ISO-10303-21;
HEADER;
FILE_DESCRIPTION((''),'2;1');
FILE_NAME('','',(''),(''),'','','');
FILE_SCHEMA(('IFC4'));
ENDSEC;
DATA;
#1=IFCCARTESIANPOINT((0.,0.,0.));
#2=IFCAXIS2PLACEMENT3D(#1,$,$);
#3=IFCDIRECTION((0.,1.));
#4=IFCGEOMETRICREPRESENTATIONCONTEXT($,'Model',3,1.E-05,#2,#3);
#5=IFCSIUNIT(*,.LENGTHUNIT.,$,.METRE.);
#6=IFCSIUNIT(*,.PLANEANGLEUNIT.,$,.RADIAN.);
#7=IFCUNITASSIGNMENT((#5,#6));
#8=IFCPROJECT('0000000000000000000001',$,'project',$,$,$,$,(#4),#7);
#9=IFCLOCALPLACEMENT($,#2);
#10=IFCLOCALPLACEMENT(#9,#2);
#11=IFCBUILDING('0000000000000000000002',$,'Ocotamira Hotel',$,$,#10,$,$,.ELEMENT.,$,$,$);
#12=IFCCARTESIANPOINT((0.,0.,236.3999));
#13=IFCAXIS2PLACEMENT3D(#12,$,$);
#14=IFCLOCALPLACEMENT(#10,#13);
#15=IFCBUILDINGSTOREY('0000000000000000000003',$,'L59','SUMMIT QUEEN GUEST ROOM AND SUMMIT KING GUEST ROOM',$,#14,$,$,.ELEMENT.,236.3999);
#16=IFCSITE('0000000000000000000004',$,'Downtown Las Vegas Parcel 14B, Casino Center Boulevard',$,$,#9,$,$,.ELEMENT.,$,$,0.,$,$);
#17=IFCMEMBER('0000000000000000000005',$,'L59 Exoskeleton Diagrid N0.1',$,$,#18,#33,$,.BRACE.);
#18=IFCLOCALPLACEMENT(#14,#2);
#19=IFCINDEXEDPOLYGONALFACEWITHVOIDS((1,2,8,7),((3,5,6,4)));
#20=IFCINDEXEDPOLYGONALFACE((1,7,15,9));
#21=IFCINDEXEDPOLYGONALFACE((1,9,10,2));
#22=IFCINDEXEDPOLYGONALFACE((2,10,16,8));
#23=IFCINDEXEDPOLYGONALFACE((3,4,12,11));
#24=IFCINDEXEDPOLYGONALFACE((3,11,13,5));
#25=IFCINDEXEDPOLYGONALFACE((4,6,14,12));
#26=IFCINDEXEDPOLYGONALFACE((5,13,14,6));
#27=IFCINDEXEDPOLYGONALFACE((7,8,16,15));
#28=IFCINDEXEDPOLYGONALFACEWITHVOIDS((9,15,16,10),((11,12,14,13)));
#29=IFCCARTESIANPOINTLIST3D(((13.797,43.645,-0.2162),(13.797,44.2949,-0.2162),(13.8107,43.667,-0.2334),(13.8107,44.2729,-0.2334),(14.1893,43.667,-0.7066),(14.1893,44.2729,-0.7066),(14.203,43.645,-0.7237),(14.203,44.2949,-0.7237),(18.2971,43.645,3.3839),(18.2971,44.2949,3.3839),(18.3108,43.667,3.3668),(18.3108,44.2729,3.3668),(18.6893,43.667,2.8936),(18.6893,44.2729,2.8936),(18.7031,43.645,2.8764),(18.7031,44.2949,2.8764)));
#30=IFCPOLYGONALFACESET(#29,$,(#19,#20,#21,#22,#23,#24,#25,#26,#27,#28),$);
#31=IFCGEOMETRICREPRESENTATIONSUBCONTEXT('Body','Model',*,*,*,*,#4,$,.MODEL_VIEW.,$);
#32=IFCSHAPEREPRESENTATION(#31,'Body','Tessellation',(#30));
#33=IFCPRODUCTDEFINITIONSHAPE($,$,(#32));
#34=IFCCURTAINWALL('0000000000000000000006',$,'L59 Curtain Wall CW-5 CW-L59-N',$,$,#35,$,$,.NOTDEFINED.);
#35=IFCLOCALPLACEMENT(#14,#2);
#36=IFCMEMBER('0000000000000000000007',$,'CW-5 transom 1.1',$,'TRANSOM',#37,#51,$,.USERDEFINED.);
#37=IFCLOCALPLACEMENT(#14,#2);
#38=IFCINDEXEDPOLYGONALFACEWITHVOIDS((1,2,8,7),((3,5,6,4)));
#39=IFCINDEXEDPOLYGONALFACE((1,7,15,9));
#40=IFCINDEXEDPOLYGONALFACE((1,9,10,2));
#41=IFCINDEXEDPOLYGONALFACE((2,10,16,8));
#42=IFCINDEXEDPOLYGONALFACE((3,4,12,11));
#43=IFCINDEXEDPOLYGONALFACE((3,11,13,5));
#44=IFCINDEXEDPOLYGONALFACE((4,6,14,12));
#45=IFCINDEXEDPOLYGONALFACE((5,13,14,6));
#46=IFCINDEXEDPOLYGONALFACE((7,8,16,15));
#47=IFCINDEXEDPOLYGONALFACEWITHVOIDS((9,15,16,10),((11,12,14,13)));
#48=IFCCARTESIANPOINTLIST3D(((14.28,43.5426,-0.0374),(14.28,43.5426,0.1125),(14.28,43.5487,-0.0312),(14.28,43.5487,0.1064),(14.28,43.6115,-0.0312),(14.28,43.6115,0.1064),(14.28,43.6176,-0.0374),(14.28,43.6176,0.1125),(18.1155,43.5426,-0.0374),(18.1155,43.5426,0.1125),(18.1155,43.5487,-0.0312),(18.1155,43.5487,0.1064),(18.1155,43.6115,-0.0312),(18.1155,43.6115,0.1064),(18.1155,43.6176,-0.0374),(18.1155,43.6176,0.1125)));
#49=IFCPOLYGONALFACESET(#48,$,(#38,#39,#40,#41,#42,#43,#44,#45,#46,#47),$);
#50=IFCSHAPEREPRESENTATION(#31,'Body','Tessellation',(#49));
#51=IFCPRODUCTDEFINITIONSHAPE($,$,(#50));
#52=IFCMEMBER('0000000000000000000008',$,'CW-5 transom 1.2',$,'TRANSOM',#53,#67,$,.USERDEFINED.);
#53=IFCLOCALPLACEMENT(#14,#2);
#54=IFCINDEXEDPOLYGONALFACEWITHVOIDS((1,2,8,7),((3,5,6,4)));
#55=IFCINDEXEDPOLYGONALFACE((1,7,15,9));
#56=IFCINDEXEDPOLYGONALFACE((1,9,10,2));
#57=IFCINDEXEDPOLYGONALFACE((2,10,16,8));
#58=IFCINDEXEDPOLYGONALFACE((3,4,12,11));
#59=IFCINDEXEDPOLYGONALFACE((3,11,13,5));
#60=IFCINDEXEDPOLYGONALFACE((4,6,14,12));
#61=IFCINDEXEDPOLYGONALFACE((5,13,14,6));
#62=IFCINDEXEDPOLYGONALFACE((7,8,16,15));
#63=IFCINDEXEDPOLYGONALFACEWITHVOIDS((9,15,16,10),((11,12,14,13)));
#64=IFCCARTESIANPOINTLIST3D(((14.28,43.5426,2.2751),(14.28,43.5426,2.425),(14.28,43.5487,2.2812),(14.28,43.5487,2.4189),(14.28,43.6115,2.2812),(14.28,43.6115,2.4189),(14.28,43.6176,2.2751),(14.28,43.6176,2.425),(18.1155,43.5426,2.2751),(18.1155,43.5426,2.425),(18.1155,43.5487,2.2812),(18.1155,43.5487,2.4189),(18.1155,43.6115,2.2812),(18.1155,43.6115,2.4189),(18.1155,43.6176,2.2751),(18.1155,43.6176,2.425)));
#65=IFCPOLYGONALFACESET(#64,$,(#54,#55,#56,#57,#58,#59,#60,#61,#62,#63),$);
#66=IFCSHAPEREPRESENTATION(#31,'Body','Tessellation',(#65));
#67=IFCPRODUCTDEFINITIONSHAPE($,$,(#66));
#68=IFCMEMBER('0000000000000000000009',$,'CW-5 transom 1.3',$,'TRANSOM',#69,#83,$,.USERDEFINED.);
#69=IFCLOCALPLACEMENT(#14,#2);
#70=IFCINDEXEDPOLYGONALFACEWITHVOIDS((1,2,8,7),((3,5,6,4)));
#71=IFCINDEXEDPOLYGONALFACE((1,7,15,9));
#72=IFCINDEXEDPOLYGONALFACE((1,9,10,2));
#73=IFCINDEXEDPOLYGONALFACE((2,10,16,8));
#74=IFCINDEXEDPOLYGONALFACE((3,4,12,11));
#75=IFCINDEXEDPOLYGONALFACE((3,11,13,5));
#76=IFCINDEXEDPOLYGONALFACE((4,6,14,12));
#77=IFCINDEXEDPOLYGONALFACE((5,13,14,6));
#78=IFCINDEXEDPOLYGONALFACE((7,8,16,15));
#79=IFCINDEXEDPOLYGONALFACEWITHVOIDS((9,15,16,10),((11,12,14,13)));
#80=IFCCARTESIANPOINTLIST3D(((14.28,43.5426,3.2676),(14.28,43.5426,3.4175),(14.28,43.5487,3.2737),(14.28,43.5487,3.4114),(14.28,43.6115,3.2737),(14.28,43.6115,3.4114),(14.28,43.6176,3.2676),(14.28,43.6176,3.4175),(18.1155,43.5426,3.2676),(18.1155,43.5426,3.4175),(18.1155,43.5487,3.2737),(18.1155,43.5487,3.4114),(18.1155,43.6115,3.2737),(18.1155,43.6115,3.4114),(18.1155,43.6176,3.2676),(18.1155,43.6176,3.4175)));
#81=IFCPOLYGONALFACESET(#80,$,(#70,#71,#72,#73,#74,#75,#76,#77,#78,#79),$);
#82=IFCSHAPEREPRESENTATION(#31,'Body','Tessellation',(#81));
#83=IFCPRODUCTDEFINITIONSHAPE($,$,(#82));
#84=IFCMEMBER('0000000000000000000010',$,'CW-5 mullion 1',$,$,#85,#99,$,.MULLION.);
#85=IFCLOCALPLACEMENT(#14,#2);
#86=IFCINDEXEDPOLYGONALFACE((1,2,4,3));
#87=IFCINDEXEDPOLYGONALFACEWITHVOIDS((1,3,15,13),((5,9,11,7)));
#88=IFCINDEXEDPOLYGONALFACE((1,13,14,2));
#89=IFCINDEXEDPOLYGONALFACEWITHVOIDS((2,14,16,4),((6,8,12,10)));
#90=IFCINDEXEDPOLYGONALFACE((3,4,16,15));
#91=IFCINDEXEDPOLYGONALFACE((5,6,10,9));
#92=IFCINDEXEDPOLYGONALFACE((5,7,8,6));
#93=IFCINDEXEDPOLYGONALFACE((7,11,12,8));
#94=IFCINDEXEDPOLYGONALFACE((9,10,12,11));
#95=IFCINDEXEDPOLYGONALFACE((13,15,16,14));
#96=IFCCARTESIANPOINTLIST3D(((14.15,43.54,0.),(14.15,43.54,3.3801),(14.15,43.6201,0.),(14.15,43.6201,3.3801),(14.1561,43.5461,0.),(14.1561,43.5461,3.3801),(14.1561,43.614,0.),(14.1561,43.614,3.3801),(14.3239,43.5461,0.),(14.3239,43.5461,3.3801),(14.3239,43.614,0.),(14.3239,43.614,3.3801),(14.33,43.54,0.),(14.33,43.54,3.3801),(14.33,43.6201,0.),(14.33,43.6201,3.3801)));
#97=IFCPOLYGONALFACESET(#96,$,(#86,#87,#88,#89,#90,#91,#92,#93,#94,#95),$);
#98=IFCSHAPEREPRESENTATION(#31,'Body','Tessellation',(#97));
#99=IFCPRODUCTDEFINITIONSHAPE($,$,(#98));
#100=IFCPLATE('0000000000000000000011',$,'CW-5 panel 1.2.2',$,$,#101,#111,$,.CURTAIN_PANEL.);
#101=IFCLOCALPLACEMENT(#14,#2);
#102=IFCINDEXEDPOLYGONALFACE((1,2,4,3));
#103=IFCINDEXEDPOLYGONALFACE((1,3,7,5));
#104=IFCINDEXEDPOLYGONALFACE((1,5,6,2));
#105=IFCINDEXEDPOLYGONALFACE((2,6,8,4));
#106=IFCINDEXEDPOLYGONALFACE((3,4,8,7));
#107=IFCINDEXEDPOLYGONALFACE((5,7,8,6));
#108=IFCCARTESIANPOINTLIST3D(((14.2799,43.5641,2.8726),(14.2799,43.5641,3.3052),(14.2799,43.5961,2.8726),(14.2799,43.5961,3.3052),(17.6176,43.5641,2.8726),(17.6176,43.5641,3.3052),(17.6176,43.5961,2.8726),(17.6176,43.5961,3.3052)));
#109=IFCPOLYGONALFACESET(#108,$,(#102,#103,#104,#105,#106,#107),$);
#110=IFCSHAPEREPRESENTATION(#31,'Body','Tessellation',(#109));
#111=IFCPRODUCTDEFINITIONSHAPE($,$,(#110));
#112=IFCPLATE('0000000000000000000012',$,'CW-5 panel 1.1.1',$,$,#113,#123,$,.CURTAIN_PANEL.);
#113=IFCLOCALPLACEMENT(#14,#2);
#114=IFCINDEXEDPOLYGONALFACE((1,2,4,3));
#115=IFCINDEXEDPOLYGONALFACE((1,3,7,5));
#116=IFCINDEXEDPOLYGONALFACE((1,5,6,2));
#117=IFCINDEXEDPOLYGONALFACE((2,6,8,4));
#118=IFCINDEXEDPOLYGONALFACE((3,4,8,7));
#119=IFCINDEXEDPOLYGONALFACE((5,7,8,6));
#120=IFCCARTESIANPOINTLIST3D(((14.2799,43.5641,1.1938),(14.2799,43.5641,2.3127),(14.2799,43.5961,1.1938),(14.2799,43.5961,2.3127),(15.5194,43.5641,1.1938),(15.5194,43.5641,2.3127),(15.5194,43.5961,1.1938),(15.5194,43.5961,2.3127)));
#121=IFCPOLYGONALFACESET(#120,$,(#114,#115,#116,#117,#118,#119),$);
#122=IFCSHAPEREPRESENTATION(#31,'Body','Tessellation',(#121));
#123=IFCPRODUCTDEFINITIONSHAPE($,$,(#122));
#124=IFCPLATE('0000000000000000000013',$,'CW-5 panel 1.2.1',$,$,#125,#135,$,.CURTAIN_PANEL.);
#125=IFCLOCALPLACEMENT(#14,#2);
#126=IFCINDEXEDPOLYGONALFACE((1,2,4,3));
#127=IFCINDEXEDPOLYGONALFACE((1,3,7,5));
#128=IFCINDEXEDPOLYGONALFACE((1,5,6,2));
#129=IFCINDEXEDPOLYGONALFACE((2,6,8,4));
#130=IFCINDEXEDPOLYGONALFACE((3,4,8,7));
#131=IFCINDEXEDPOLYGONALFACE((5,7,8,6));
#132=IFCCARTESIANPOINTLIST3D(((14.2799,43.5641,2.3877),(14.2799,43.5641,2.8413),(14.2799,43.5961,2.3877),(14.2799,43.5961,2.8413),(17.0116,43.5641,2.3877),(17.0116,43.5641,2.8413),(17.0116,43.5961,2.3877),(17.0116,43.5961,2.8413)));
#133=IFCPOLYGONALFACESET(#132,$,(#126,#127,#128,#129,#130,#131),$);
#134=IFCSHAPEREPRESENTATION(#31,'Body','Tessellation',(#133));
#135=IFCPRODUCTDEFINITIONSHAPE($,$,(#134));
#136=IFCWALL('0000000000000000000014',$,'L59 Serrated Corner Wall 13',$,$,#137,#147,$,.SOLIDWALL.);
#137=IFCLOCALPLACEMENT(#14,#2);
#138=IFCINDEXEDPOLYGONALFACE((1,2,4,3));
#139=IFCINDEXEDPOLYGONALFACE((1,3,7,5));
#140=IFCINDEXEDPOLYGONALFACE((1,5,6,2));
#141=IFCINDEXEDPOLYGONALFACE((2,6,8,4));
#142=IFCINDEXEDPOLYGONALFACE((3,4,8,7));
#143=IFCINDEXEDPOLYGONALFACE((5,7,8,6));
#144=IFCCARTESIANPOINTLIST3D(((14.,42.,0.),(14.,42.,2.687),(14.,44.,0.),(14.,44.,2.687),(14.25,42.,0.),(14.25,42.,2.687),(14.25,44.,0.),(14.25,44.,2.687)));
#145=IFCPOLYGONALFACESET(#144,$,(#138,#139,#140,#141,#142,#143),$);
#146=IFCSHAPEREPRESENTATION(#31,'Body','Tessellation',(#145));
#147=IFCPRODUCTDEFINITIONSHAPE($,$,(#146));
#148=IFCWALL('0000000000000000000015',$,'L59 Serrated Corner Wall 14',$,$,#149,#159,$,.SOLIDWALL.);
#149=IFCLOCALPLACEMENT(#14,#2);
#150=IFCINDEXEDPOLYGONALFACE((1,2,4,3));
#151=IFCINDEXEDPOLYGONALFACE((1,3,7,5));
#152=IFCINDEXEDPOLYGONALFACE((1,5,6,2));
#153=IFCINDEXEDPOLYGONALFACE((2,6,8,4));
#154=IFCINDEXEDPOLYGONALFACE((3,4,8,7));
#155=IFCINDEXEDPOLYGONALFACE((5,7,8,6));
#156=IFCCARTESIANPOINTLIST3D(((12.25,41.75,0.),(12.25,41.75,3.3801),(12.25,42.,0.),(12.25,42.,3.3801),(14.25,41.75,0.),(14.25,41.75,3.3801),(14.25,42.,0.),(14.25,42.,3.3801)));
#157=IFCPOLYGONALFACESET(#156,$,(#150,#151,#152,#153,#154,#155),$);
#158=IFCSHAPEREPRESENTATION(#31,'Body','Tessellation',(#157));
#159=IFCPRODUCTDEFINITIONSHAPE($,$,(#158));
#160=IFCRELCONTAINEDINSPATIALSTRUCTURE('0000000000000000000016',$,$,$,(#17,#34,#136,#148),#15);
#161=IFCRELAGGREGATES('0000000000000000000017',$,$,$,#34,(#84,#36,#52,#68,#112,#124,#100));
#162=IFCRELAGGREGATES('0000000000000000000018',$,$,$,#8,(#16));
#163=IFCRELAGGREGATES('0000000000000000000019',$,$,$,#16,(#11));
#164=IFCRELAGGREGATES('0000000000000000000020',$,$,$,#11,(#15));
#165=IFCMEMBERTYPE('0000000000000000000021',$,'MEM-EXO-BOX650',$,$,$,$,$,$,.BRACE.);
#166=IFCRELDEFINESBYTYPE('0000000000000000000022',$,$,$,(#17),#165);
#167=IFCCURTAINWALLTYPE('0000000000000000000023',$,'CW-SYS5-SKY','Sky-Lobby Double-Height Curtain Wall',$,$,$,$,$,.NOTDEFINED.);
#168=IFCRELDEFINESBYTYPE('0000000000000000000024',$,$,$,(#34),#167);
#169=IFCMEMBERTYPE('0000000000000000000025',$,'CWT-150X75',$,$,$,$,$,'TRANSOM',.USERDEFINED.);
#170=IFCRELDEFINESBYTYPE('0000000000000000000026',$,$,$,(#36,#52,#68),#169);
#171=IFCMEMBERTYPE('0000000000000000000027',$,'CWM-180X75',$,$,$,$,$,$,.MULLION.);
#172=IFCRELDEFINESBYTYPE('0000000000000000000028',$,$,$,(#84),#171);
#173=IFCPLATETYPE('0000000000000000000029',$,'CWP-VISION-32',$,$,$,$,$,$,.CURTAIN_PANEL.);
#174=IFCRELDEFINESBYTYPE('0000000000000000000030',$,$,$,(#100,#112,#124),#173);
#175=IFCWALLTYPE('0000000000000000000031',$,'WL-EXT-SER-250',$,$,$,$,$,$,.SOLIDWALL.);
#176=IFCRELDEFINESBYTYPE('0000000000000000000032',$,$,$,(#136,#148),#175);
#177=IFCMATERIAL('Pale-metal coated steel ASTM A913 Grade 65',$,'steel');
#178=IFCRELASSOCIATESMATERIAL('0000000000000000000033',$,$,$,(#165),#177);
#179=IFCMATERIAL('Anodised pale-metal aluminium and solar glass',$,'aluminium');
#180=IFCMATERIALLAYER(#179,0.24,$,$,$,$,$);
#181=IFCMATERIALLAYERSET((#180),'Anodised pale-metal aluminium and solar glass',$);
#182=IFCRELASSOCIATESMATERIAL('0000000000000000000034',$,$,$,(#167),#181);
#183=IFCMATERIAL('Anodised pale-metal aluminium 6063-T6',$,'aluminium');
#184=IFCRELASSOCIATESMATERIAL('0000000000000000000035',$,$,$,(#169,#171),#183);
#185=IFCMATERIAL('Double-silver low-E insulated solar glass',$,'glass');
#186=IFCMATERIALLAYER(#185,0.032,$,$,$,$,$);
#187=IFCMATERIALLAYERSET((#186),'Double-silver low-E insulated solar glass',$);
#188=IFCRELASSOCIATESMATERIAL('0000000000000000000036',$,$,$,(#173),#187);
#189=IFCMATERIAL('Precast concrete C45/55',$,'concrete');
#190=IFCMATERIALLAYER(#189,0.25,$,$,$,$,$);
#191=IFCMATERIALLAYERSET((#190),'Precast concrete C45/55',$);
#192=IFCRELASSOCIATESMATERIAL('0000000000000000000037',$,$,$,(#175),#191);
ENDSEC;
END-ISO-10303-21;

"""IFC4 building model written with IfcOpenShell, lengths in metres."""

from ifc_helpers import new_model, si_unit, direction, frame, frame_2d, origin, origin_2d, place, context, subcontext, project, spatial, rectangle, hollow_rectangle, extrude, source, transform, mapped, material, layer, layer_set, material_profile, profile_set, type_object, element, aggregate, save


model = new_model("IFC4")

# Units and contexts
model_context = context("Model", 3, precision=1e-05, world=origin(), true_north=direction((0.0, 1.0)))
body_context = subcontext(model_context, "Body", "Model", "MODEL_VIEW")
ifc_project = project(units=[si_unit("LENGTHUNIT", "METRE"), si_unit("PLANEANGLEUNIT", "RADIAN")], contexts=[model_context])

# Site, building, storey
site_placement = place(None, origin())
site = spatial("IfcSite", under=ifc_project, at=site_placement, Name="Downtown Las Vegas Parcel 14B, Casino Center Boulevard", CompositionType="ELEMENT", RefElevation=0.0)
building_placement = place(site_placement, origin())
building = spatial("IfcBuilding", under=site, at=building_placement, Name="Ocotamira Hotel", CompositionType="ELEMENT")
storey_placement = place(building_placement, frame((0.0, 0.0, 236.3999)))
storey = spatial("IfcBuildingStorey", under=building, at=storey_placement, Name="L59", Description="SUMMIT QUEEN GUEST ROOM AND SUMMIT KING GUEST ROOM", CompositionType="ELEMENT", Elevation=236.3999)

# Member
ifc_material_1 = material(Name="Pale-metal coated steel ASTM A913 Grade 65", Category="steel")
ifc_material_profile_1 = material_profile(ifc_material_1, hollow_rectangle(XDim=0.6499, YDim=0.6499, WallThickness=0.022, at=origin_2d()), Name="BOX650X650X22")
ifc_profile_set_1 = profile_set([ifc_material_profile_1], Name="Pale-metal coated steel ASTM A913 Grade 65")
member_type_1 = type_object("IfcMemberType", Name="MEM-EXO-BOX650", PredefinedType="BRACE", material=ifc_profile_set_1)
shared_shape_1 = source(origin(), body_context, "Body", "SweptSolid", [
    extrude(hollow_rectangle(XDim=0.6499, YDim=0.6499, WallThickness=0.022, at=origin_2d()), origin(), (0.0, 0.0, 1.0), 5.7629),
])
member_1_placement = place(storey_placement, frame((14.0, 43.97, -0.47), z_axis=(0.780861, 0.0, 0.624705), x_axis=(0.0, 1.0, 0.0)))
element("IfcMember", 1, at=member_1_placement, inside=storey, type_object=member_type_1, Name="L59 Exoskeleton Diagrid N0.1", PredefinedType="BRACE", context=body_context, shape_type="MappedRepresentation", body=[
    mapped(shared_shape_1, transform((0.0, 0.0, 0.0), scale=1.0)),
])

# Curtain wall, members, plates
ifc_material_2 = material(Name="Anodised pale-metal aluminium and solar glass", Category="aluminium")
ifc_layer_1 = layer(ifc_material_2, 0.24)
ifc_layer_set_1 = layer_set([ifc_layer_1], Name="Anodised pale-metal aluminium and solar glass")
curtain_wall_type = type_object("IfcCurtainWallType", Name="CW-SYS5-SKY", Description="Sky-Lobby Double-Height Curtain Wall", PredefinedType="NOTDEFINED", material=ifc_layer_set_1)
curtain_wall_placement = place(storey_placement, origin())
curtain_wall = element("IfcCurtainWall", 2, at=curtain_wall_placement, inside=storey, type_object=curtain_wall_type, Name="L59 Curtain Wall CW-5 CW-L59-N", PredefinedType="NOTDEFINED")
ifc_material_3 = material(Name="Anodised pale-metal aluminium 6063-T6", Category="aluminium")
ifc_material_profile_2 = material_profile(ifc_material_3, hollow_rectangle(XDim=0.075, YDim=0.1499, WallThickness=0.0061, at=origin_2d()), Name="HSS150X75X6")
ifc_profile_set_2 = profile_set([ifc_material_profile_2], Name="Anodised pale-metal aluminium 6063-T6")
member_type_2 = type_object("IfcMemberType", Name="CWT-150X75", ElementType="TRANSOM", PredefinedType="USERDEFINED", material=ifc_profile_set_2)
shared_shape_2 = source(origin(), body_context, "Body", "SweptSolid", [
    extrude(hollow_rectangle(XDim=0.075, YDim=0.1499, WallThickness=0.0061, at=origin_2d()), origin(), (0.0, 0.0, 1.0), 3.8354),
])
member_2_placement = place(storey_placement, frame((14.28, 43.5801, 0.0376), z_axis=(1.0, 0.0, 0.0), x_axis=(0.0, 1.0, 0.0)))
member_2 = element("IfcMember", 3, at=member_2_placement, type_object=member_type_2, Name="CW-5 transom 1.1", ObjectType="TRANSOM", PredefinedType="USERDEFINED", context=body_context, shape_type="MappedRepresentation", body=[
    mapped(shared_shape_2, transform((0.0, 0.0, 0.0), scale=1.0)),
])
member_3_placement = place(storey_placement, frame((14.28, 43.5801, 2.3501), z_axis=(1.0, 0.0, 0.0), x_axis=(0.0, 1.0, 0.0)))
member_3 = element("IfcMember", 4, at=member_3_placement, type_object=member_type_2, Name="CW-5 transom 1.2", ObjectType="TRANSOM", PredefinedType="USERDEFINED", context=body_context, shape_type="MappedRepresentation", body=[
    mapped(shared_shape_2, transform((0.0, 0.0, 0.0), scale=1.0)),
])
member_4_placement = place(storey_placement, frame((14.28, 43.5801, 3.3425), z_axis=(1.0, 0.0, 0.0), x_axis=(0.0, 1.0, 0.0)))
member_4 = element("IfcMember", 5, at=member_4_placement, type_object=member_type_2, Name="CW-5 transom 1.3", ObjectType="TRANSOM", PredefinedType="USERDEFINED", context=body_context, shape_type="MappedRepresentation", body=[
    mapped(shared_shape_2, transform((0.0, 0.0, 0.0), scale=1.0)),
])
ifc_material_profile_3 = material_profile(ifc_material_3, hollow_rectangle(XDim=0.0801, YDim=0.1799, WallThickness=0.0061, at=origin_2d()), Name="HSS180X80X6")
ifc_profile_set_3 = profile_set([ifc_material_profile_3], Name="Anodised pale-metal aluminium 6063-T6")
member_type_3 = type_object("IfcMemberType", Name="CWM-180X75", PredefinedType="MULLION", material=ifc_profile_set_3)
shared_shape_3 = source(origin(), body_context, "Body", "SweptSolid", [
    extrude(hollow_rectangle(XDim=0.0801, YDim=0.1799, WallThickness=0.0061, at=origin_2d()), origin(), (0.0, 0.0, 1.0), 3.3801),
])
member_5_placement = place(storey_placement, frame((14.24, 43.5801, 0.0), z_axis=(0.0, 0.0, 1.0), x_axis=(0.0, 1.0, 0.0)))
member_5 = element("IfcMember", 6, at=member_5_placement, type_object=member_type_3, Name="CW-5 mullion 1", PredefinedType="MULLION", context=body_context, shape_type="MappedRepresentation", body=[
    mapped(shared_shape_3, transform((0.0, 0.0, 0.0), scale=1.0)),
])
ifc_material_4 = material(Name="Double-silver low-E insulated solar glass", Category="glass")
ifc_layer_2 = layer(ifc_material_4, 0.032)
ifc_layer_set_2 = layer_set([ifc_layer_2], Name="Double-silver low-E insulated solar glass")
plate_type = type_object("IfcPlateType", Name="CWP-VISION-32", PredefinedType="CURTAIN_PANEL", material=ifc_layer_set_2)
shared_shape_4 = source(origin(), body_context, "Body", "SweptSolid", [
    extrude(rectangle(XDim=3.3376, YDim=0.032, at=origin_2d()), origin(), (0.0, 0.0, 1.0), 0.4326),
])
plate_1_placement = place(storey_placement, frame((15.9487, 43.5801, 2.8726), z_axis=(0.0, 0.0, 1.0), x_axis=(1.0, 0.0, 0.0)))
plate_1 = element("IfcPlate", 7, at=plate_1_placement, type_object=plate_type, Name="CW-5 panel 1.2.2", PredefinedType="CURTAIN_PANEL", context=body_context, shape_type="MappedRepresentation", body=[
    mapped(shared_shape_4, transform((0.0, 0.0, 0.0), scale=1.0)),
])
shared_shape_5 = source(origin(), body_context, "Body", "SweptSolid", [
    extrude(rectangle(XDim=1.2395, YDim=0.032, at=origin_2d()), origin(), (0.0, 0.0, 1.0), 1.1189),
])
plate_2_placement = place(storey_placement, frame((14.8997, 43.5801, 1.1938), z_axis=(0.0, 0.0, 1.0), x_axis=(1.0, 0.0, 0.0)))
plate_2 = element("IfcPlate", 8, at=plate_2_placement, type_object=plate_type, Name="CW-5 panel 1.1.1", PredefinedType="CURTAIN_PANEL", context=body_context, shape_type="MappedRepresentation", body=[
    mapped(shared_shape_5, transform((0.0, 0.0, 0.0), scale=1.0)),
])
shared_shape_6 = source(origin(), body_context, "Body", "SweptSolid", [
    extrude(rectangle(XDim=2.7317, YDim=0.032, at=origin_2d()), origin(), (0.0, 0.0, 1.0), 0.4536),
])
plate_3_placement = place(storey_placement, frame((15.6458, 43.5801, 2.3877), z_axis=(0.0, 0.0, 1.0), x_axis=(1.0, 0.0, 0.0)))
plate_3 = element("IfcPlate", 9, at=plate_3_placement, type_object=plate_type, Name="CW-5 panel 1.2.1", PredefinedType="CURTAIN_PANEL", context=body_context, shape_type="MappedRepresentation", body=[
    mapped(shared_shape_6, transform((0.0, 0.0, 0.0), scale=1.0)),
])
aggregate(curtain_wall, [member_5, member_2, member_3, member_4, plate_2, plate_3, plate_1])

# Walls
ifc_material_5 = material(Name="Precast concrete C45/55", Category="concrete")
ifc_layer_3 = layer(ifc_material_5, 0.25)
ifc_layer_set_3 = layer_set([ifc_layer_3], Name="Precast concrete C45/55")
wall_type_1 = type_object("IfcWallType", Name="WL-EXT-SER-250", PredefinedType="SOLIDWALL", material=ifc_layer_set_3)
wall_1_placement = place(storey_placement, frame((14.125, 44.0, 0.0), z_axis=(0.0, 0.0, 1.0), x_axis=(0.0, -1.0, 0.0)))
element("IfcWall", 10, at=wall_1_placement, inside=storey, type_object=wall_type_1, Name="L59 Serrated Corner Wall 13", PredefinedType="SOLIDWALL", context=body_context, shape_type="SweptSolid", body=[
    extrude(rectangle(XDim=2.0, YDim=0.25, at=frame_2d((1.0, 0.0))), origin(), (0.0, 0.0, 1.0), 2.687),
])
wall_2_placement = place(storey_placement, frame((14.25, 41.875, 0.0), z_axis=(0.0, 0.0, 1.0), x_axis=(-1.0, 0.0, 0.0)))
element("IfcWall", 11, at=wall_2_placement, inside=storey, type_object=wall_type_1, Name="L59 Serrated Corner Wall 14", PredefinedType="SOLIDWALL", context=body_context, shape_type="SweptSolid", body=[
    extrude(rectangle(XDim=2.0, YDim=0.25, at=frame_2d((1.0, 0.0))), origin(), (0.0, 0.0, 1.0), 3.3801),
])

save(model, "model.ifc")
